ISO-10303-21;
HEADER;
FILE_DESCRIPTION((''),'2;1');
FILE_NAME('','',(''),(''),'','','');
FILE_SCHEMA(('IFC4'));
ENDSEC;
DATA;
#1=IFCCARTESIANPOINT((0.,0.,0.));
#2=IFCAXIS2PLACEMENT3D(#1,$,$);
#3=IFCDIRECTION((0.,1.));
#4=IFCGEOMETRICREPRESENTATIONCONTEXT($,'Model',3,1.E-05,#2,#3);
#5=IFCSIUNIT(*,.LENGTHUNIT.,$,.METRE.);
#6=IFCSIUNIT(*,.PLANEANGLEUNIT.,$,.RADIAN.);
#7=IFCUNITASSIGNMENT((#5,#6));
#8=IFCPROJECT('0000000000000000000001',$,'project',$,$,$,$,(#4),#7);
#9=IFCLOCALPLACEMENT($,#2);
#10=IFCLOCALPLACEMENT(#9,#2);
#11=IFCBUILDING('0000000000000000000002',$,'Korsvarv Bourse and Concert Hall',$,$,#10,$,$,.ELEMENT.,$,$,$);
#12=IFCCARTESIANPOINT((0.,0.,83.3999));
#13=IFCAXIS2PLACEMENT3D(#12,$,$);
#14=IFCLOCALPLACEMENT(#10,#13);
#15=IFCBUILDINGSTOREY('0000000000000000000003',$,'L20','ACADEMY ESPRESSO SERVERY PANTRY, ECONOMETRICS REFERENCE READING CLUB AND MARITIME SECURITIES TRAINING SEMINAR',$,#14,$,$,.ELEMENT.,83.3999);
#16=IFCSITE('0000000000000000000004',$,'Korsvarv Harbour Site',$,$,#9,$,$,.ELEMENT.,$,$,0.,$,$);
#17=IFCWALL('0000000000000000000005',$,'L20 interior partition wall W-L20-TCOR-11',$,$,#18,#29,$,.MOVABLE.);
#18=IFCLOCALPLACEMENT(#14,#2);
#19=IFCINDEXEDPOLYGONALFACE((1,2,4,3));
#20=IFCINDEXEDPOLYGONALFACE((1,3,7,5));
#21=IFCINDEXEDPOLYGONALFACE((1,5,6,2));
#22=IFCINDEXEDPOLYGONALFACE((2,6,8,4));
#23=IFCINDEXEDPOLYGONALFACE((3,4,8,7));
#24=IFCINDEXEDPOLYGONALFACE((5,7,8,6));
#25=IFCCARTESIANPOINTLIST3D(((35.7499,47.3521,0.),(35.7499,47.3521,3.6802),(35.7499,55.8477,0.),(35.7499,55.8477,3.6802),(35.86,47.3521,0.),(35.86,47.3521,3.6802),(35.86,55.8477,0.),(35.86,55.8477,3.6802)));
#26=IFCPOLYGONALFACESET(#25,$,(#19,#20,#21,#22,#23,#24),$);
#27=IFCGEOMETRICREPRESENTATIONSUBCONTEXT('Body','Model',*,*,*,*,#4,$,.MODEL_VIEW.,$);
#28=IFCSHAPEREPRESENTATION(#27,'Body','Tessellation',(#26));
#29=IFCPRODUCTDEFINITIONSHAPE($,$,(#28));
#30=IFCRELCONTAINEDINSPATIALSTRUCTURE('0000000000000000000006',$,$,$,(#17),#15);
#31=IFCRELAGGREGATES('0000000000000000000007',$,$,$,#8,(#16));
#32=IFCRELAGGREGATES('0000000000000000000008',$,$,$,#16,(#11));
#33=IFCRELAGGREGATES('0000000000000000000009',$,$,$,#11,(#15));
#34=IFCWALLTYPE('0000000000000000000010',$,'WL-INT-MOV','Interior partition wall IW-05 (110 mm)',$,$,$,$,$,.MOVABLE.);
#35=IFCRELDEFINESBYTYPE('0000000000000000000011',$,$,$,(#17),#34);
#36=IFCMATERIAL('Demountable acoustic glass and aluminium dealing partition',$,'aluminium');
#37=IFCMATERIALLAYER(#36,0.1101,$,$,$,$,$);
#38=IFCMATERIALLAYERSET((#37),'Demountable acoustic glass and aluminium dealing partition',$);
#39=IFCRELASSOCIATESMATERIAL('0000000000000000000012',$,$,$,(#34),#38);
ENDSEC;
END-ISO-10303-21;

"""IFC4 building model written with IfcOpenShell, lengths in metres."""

from ifc_helpers import new_model, si_unit, direction, frame, frame_2d, origin, place, context, subcontext, project, spatial, rectangle, extrude, material, layer, layer_set, type_object, element, save


model = new_model("IFC4")

# Units and contexts
model_context = context("Model", 3, precision=1e-05, world=origin(), true_north=direction((0.0, 1.0)))
body_context = subcontext(model_context, "Body", "Model", "MODEL_VIEW")
ifc_project = project(units=[si_unit("LENGTHUNIT", "METRE"), si_unit("PLANEANGLEUNIT", "RADIAN")], contexts=[model_context])

# Site, building, storey
site_placement = place(None, origin())
site = spatial("IfcSite", under=ifc_project, at=site_placement, Name="Korsvarv Harbour Site", CompositionType="ELEMENT", RefElevation=0.0)
building_placement = place(site_placement, origin())
building = spatial("IfcBuilding", under=site, at=building_placement, Name="Korsvarv Bourse and Concert Hall", CompositionType="ELEMENT")
storey_placement = place(building_placement, frame((0.0, 0.0, 83.3999)))
storey = spatial("IfcBuildingStorey", under=building, at=storey_placement, Name="L20", Description="ACADEMY ESPRESSO SERVERY PANTRY, ECONOMETRICS REFERENCE READING CLUB AND MARITIME SECURITIES TRAINING SEMINAR", CompositionType="ELEMENT", Elevation=83.3999)

# Wall
ifc_material_1 = material(Name="Demountable acoustic glass and aluminium dealing partition", Category="aluminium")
ifc_layer_1 = layer(ifc_material_1, 0.1101)
ifc_layer_set_1 = layer_set([ifc_layer_1], Name="Demountable acoustic glass and aluminium dealing partition")
wall_type_1 = type_object("IfcWallType", Name="WL-INT-MOV", Description="Interior partition wall IW-05 (110 mm)", PredefinedType="MOVABLE", material=ifc_layer_set_1)
wall_1_placement = place(storey_placement, frame((35.8049, 47.3521, 0.0), z_axis=(0.0, 0.0, 1.0), x_axis=(0.0, 1.0, 0.0)))
element("IfcWall", 1, at=wall_1_placement, inside=storey, type_object=wall_type_1, Name="L20 interior partition wall W-L20-TCOR-11", PredefinedType="MOVABLE", context=body_context, shape_type="SweptSolid", body=[
    extrude(rectangle(XDim=8.4956, YDim=0.1101, at=frame_2d((4.2478, 0.0))), origin(), (0.0, 0.0, 1.0), 3.6802),
])

save(model, "model.ifc")
